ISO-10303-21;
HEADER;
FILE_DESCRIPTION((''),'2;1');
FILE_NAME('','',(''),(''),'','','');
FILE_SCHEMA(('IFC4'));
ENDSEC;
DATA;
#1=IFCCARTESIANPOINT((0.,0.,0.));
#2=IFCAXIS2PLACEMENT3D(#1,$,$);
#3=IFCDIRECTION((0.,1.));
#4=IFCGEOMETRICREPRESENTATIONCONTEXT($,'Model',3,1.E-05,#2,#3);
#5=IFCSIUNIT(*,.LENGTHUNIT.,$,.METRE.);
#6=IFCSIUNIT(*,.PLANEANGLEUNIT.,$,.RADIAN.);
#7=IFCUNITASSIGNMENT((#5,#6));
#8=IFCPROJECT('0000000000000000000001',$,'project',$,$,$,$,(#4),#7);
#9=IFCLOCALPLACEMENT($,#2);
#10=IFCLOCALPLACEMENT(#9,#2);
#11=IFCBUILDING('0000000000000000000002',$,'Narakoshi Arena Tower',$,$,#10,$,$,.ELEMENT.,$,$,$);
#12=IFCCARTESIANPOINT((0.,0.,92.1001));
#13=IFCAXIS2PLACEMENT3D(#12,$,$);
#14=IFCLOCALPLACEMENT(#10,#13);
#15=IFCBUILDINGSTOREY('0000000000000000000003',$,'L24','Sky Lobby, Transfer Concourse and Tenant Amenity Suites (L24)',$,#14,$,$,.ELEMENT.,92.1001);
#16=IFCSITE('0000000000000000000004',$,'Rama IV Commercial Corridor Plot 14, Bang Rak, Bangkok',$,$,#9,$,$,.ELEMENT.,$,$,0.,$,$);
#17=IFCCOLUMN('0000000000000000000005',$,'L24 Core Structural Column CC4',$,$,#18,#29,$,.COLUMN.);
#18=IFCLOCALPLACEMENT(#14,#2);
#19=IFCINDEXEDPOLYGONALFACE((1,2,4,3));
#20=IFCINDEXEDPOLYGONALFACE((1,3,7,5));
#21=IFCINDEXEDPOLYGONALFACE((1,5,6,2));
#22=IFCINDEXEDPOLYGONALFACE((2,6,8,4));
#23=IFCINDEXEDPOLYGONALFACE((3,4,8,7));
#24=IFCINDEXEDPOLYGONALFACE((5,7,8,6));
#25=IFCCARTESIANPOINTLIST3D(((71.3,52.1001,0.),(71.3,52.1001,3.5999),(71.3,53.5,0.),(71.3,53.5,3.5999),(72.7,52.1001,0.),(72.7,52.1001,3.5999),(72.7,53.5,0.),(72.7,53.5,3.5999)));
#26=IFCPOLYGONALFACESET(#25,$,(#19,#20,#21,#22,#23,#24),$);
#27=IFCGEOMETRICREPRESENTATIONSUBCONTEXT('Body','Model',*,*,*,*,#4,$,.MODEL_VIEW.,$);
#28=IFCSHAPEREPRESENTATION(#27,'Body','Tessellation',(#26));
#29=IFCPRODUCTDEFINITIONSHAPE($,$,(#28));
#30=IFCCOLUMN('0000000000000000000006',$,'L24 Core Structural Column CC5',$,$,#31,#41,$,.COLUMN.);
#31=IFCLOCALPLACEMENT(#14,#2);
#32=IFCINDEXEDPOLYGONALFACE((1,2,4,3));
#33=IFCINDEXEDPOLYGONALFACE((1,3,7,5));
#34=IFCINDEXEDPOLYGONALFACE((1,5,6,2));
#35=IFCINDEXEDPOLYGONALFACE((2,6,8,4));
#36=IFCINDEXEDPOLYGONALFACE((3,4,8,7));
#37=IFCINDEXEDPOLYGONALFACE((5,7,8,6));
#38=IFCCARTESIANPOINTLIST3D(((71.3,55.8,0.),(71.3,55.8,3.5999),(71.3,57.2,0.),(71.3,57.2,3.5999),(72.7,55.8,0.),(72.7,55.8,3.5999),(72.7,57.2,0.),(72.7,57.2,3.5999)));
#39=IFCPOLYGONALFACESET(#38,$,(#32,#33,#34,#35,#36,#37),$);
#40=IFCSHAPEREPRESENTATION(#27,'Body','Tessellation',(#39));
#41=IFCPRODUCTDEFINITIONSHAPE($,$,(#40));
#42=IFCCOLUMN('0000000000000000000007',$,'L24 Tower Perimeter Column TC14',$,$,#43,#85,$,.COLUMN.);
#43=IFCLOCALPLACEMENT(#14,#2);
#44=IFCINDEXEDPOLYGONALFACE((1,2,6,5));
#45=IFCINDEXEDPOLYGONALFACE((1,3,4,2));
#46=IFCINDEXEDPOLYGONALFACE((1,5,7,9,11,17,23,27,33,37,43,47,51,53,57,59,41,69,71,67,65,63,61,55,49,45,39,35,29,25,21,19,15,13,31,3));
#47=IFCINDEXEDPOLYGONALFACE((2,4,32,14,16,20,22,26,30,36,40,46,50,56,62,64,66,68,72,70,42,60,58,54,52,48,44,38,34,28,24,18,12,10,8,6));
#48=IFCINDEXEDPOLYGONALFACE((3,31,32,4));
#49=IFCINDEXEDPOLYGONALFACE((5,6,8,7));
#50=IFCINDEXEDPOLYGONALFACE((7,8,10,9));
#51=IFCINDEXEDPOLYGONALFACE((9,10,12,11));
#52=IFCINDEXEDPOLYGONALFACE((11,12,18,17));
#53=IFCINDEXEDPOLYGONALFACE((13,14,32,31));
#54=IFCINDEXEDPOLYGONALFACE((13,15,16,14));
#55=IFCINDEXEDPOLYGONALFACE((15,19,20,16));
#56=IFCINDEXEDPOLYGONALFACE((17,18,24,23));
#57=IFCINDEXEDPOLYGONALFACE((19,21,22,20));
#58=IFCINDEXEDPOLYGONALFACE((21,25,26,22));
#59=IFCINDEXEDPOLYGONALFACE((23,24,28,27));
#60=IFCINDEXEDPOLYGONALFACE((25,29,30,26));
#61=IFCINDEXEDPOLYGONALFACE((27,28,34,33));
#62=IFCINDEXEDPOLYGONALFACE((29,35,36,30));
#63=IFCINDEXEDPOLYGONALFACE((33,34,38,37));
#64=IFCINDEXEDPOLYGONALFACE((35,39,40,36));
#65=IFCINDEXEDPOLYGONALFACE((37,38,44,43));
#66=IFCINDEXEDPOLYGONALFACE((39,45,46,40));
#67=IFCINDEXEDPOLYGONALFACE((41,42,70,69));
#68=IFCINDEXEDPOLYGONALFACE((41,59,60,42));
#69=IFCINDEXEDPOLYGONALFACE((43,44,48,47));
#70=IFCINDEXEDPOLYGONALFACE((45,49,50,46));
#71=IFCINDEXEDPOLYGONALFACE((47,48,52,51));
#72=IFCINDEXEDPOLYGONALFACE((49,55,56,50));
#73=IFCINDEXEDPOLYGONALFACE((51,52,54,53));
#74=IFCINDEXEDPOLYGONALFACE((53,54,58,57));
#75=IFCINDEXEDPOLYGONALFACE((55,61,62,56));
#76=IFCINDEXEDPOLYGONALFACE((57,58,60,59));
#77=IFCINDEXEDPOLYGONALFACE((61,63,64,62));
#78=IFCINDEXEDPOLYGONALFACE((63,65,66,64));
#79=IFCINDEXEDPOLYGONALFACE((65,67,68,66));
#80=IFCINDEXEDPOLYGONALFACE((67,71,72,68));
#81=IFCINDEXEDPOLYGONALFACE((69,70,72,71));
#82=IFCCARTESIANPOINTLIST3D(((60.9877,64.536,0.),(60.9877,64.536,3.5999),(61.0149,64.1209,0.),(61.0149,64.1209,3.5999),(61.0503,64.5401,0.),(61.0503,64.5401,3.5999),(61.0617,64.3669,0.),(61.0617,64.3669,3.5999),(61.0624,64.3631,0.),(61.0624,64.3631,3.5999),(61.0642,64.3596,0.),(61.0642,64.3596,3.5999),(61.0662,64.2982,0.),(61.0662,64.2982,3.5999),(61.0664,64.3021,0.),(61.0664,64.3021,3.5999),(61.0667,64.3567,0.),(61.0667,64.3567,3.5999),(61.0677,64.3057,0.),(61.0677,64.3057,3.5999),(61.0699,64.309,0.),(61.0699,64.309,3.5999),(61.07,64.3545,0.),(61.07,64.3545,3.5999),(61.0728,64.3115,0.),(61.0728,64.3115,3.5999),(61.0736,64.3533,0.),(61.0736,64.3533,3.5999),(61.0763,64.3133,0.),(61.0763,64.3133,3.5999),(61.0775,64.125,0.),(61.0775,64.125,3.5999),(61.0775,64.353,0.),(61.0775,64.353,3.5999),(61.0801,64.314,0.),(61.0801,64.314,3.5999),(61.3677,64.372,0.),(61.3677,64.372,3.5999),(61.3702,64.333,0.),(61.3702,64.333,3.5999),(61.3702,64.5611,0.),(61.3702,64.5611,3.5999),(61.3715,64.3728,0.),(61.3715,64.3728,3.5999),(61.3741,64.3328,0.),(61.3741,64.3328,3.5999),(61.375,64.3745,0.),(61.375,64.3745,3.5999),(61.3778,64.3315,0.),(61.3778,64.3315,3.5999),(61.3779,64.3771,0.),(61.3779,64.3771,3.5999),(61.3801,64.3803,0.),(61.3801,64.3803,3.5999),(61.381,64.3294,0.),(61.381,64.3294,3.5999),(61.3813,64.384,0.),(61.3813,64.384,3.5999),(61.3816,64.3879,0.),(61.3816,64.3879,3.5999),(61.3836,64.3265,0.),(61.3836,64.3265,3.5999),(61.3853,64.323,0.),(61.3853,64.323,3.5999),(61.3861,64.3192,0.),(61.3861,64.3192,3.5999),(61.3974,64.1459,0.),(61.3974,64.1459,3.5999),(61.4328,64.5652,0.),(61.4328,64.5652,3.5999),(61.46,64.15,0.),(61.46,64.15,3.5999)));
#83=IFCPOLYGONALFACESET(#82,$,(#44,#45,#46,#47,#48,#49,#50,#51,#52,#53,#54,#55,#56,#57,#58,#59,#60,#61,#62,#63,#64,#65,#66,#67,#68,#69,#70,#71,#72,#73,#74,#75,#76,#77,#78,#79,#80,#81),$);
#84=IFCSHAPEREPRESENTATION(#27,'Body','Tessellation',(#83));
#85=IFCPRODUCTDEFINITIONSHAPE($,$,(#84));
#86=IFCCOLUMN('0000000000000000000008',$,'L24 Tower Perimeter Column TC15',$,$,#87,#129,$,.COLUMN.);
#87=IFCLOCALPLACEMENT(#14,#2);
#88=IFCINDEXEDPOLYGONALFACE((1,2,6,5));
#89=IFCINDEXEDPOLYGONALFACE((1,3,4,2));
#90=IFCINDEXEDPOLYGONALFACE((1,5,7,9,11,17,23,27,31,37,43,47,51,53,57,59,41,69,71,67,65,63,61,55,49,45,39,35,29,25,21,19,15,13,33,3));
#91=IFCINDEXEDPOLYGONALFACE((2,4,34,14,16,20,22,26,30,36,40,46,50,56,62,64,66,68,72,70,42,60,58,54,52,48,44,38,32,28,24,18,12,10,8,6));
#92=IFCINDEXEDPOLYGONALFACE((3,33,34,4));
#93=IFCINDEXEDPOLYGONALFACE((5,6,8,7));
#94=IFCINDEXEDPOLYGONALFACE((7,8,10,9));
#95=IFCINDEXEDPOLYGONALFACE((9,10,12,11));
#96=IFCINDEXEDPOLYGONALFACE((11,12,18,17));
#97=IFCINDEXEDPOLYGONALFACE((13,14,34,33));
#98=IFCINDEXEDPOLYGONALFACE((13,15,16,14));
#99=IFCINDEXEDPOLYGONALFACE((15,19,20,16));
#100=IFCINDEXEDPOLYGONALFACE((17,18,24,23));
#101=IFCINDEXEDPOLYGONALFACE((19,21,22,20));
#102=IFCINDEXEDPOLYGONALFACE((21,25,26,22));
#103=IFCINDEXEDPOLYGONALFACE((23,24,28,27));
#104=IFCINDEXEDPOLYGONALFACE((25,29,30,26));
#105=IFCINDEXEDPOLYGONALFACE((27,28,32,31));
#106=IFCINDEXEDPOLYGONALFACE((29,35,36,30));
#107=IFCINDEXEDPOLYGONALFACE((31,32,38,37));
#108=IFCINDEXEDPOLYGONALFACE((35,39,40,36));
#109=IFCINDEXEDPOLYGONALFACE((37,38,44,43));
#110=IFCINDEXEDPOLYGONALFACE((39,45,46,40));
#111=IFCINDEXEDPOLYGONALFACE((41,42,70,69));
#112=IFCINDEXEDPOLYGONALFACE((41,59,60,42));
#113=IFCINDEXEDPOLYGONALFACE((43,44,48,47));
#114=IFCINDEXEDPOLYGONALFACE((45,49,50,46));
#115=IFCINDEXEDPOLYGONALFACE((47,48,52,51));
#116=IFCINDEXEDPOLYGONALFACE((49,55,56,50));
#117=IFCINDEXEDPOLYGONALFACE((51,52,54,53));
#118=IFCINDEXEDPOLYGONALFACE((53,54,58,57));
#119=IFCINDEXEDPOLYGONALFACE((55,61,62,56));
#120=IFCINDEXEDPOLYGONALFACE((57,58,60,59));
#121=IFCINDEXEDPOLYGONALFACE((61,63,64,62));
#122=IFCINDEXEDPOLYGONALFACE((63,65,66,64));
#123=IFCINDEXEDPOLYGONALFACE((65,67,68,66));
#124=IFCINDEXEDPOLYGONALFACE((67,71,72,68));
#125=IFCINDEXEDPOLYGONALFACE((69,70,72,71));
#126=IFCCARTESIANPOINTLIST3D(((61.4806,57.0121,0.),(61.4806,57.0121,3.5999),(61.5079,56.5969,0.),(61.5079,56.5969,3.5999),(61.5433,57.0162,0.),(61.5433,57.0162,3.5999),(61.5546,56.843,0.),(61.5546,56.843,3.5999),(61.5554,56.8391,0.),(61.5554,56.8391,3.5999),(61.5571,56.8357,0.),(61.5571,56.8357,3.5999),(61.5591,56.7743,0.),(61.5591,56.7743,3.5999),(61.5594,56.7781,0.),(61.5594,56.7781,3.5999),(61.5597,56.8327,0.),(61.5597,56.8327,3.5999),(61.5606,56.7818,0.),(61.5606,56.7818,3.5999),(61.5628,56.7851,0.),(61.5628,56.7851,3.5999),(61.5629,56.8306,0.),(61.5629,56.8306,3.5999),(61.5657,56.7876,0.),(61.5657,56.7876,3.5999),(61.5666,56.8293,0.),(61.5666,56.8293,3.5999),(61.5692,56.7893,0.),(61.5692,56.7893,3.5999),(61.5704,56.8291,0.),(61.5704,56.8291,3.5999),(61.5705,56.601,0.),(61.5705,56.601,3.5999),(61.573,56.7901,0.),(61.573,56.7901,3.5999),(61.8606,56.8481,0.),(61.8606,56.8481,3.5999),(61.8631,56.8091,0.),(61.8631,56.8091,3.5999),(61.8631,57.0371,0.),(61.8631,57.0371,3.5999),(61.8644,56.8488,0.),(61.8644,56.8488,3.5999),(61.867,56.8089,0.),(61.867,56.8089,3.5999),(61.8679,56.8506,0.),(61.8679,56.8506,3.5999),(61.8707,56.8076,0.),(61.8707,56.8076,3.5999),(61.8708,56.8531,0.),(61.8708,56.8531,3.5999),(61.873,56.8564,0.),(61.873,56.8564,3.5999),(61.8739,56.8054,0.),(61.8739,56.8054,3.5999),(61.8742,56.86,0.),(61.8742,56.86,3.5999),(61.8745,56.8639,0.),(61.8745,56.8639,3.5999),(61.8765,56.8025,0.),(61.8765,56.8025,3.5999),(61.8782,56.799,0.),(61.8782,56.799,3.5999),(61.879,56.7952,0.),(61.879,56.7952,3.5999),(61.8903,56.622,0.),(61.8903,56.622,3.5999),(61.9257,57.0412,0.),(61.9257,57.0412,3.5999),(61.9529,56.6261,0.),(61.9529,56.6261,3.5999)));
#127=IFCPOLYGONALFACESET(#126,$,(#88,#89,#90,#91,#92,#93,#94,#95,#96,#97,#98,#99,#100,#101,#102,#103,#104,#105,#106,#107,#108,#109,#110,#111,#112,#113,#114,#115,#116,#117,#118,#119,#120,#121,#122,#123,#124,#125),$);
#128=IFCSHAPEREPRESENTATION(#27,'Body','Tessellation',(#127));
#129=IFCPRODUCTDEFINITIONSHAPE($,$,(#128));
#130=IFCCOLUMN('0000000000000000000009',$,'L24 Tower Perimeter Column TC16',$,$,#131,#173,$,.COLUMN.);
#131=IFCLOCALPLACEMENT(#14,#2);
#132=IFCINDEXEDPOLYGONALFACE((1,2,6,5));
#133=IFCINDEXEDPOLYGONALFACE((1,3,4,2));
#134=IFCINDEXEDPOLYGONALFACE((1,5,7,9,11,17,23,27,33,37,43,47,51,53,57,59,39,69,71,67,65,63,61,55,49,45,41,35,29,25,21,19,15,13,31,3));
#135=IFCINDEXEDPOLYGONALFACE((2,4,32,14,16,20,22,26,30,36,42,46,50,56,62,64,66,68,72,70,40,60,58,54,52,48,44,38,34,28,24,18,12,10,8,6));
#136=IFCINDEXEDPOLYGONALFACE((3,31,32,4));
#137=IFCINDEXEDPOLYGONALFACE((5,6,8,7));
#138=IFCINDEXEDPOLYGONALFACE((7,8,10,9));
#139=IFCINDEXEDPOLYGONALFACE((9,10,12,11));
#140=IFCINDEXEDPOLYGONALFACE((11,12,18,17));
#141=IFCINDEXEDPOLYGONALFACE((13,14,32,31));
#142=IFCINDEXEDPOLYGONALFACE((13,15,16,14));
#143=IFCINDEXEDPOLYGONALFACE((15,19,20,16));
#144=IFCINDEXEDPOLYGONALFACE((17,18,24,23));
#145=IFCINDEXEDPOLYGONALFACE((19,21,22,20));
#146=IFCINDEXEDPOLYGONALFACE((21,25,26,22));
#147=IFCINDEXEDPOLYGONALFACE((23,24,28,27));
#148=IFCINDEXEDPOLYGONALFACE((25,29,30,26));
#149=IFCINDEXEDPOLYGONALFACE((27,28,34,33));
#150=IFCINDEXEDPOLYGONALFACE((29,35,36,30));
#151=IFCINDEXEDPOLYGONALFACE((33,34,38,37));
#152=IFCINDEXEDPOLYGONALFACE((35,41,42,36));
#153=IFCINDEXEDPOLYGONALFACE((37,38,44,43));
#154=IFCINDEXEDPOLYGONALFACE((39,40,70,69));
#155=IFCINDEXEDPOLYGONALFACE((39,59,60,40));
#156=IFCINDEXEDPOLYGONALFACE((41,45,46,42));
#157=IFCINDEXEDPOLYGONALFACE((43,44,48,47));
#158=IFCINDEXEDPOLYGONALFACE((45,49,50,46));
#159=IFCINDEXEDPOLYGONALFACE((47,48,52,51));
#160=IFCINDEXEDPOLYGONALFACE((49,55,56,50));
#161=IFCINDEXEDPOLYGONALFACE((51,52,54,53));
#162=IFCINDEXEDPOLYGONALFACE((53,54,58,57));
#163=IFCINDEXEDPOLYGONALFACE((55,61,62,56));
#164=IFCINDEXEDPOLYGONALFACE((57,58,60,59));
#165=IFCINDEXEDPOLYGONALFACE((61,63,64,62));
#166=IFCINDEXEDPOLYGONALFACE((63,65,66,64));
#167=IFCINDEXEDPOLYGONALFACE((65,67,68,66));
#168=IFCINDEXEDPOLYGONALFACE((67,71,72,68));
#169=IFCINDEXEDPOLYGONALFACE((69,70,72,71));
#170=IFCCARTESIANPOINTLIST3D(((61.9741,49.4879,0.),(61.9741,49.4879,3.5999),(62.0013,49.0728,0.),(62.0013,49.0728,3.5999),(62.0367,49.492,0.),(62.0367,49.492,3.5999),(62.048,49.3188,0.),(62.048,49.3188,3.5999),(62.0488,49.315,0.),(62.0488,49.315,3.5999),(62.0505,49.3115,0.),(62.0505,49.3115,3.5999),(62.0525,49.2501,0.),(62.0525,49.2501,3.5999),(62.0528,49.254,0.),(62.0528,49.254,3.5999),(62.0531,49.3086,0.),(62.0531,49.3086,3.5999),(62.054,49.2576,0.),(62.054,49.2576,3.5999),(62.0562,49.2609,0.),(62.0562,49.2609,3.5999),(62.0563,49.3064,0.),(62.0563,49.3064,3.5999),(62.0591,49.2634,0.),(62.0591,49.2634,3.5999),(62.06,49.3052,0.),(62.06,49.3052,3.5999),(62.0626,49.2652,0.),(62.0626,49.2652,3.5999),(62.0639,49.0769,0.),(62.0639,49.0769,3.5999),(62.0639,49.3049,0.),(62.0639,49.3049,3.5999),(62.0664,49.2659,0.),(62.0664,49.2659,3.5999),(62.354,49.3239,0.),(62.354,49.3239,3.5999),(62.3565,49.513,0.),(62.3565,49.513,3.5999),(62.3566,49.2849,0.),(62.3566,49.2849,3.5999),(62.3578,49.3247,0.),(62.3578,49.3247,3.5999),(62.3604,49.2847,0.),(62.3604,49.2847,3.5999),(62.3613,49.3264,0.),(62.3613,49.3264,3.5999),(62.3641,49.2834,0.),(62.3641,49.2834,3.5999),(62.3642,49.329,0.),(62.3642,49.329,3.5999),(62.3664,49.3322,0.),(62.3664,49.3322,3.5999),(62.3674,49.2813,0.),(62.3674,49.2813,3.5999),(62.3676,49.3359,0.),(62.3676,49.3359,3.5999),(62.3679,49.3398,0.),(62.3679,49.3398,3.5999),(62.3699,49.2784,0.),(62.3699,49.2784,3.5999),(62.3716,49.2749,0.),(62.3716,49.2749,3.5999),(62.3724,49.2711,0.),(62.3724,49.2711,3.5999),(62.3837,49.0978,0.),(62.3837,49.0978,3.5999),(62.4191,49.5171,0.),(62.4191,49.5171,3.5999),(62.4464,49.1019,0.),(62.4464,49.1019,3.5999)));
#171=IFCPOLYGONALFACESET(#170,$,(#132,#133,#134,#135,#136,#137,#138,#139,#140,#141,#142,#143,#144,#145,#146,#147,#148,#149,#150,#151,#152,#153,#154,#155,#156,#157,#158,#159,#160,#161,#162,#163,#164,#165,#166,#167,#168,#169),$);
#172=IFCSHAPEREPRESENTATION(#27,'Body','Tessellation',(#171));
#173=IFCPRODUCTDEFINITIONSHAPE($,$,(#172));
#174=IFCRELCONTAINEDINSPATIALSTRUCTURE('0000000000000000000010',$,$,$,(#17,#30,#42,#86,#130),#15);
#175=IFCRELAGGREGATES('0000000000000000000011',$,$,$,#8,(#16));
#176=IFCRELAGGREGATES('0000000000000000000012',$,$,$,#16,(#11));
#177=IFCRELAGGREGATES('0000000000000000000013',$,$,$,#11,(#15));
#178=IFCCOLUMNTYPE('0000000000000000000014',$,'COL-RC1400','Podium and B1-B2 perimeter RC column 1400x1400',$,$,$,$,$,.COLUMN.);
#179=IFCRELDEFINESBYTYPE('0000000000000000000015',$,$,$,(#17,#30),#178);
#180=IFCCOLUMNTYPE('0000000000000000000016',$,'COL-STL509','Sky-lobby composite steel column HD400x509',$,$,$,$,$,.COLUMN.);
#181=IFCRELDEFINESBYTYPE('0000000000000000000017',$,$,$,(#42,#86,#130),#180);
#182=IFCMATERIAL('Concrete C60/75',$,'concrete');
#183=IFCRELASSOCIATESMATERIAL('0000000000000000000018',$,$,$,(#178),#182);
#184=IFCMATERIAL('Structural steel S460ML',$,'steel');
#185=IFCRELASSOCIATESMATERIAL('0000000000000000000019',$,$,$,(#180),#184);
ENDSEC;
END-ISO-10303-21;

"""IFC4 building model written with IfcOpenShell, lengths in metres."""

from ifc_helpers import new_model, si_unit, direction, frame, origin, origin_2d, place, context, subcontext, project, spatial, rectangle, i_section, extrude, material, material_profile, profile_set, type_object, element, save


model = new_model("IFC4")

# Units and contexts
model_context = context("Model", 3, precision=1e-05, world=origin(), true_north=direction((0.0, 1.0)))
body_context = subcontext(model_context, "Body", "Model", "MODEL_VIEW")
ifc_project = project(units=[si_unit("LENGTHUNIT", "METRE"), si_unit("PLANEANGLEUNIT", "RADIAN")], contexts=[model_context])

# Site, building, storey
site_placement = place(None, origin())
site = spatial("IfcSite", under=ifc_project, at=site_placement, Name="Rama IV Commercial Corridor Plot 14, Bang Rak, Bangkok", CompositionType="ELEMENT", RefElevation=0.0)
building_placement = place(site_placement, origin())
building = spatial("IfcBuilding", under=site, at=building_placement, Name="Narakoshi Arena Tower", CompositionType="ELEMENT")
storey_placement = place(building_placement, frame((0.0, 0.0, 92.1001)))
storey = spatial("IfcBuildingStorey", under=building, at=storey_placement, Name="L24", Description="Sky Lobby, Transfer Concourse and Tenant Amenity Suites (L24)", CompositionType="ELEMENT", Elevation=92.1001)

# Columns
ifc_material_1 = material(Name="Concrete C60/75", Category="concrete")
ifc_material_profile_1 = material_profile(ifc_material_1, rectangle(XDim=1.3999, YDim=1.3999, at=origin_2d()), Name="RC1400x1400")
ifc_profile_set_1 = profile_set([ifc_material_profile_1], Name="Concrete C60/75")
column_type_1 = type_object("IfcColumnType", Name="COL-RC1400", Description="Podium and B1-B2 perimeter RC column 1400x1400", PredefinedType="COLUMN", material=ifc_profile_set_1)
for number, where, z_axis, x_axis, name in (
    (1, (72.0, 52.8, 0.0), (0.0, 0.0, 1.0), (1.0, 0.0, 0.0), "L24 Core Structural Column CC4"),
    (2, (72.0, 56.5, 0.0), (0.0, 0.0, 1.0), (1.0, 0.0, 0.0), "L24 Core Structural Column CC5"),
):
    element("IfcColumn", number, at=place(storey_placement, frame(where, z_axis=z_axis, x_axis=x_axis)), inside=storey, type_object=column_type_1, Name=name, PredefinedType="COLUMN", context=body_context, shape_type="SweptSolid", body=[
        extrude(rectangle(XDim=1.3999, YDim=1.3999, at=origin_2d()), origin(), (0.0, 0.0, 1.0), 3.5999),
    ])
ifc_material_2 = material(Name="Structural steel S460ML", Category="steel")
ifc_material_profile_2 = material_profile(ifc_material_2, i_section(OverallWidth=0.416, OverallDepth=0.446, WebThickness=0.0391, FlangeThickness=0.0627, FilletRadius=0.0149, at=origin_2d()), Name="HD400x509")
ifc_profile_set_2 = profile_set([ifc_material_profile_2], Name="Structural steel S460ML")
column_type_2 = type_object("IfcColumnType", Name="COL-STL509", Description="Sky-lobby composite steel column HD400x509", PredefinedType="COLUMN", material=ifc_profile_set_2)
for number, where, z_axis, x_axis, name in (
    (3, (61.2239, 64.343, 0.0), (0.0, 0.0, 1.0), (-0.065403, 0.997859, 0.0), "L24 Tower Perimeter Column TC14"),
    (4, (61.7168, 56.8191, 0.0), (0.0, 0.0, 1.0), (-0.065403, 0.997859, 0.0), "L24 Tower Perimeter Column TC15"),
    (5, (62.2102, 49.2949, 0.0), (0.0, 0.0, 1.0), (-0.065403, 0.997859, 0.0), "L24 Tower Perimeter Column TC16"),
):
    element("IfcColumn", number, at=place(storey_placement, frame(where, z_axis=z_axis, x_axis=x_axis)), inside=storey, type_object=column_type_2, Name=name, PredefinedType="COLUMN", context=body_context, shape_type="SweptSolid", body=[
        extrude(i_section(OverallWidth=0.416, OverallDepth=0.446, WebThickness=0.0391, FlangeThickness=0.0627, FilletRadius=0.0149, at=origin_2d()), origin(), (0.0, 0.0, 1.0), 3.5999),
    ])

save(model, "model.ifc")
